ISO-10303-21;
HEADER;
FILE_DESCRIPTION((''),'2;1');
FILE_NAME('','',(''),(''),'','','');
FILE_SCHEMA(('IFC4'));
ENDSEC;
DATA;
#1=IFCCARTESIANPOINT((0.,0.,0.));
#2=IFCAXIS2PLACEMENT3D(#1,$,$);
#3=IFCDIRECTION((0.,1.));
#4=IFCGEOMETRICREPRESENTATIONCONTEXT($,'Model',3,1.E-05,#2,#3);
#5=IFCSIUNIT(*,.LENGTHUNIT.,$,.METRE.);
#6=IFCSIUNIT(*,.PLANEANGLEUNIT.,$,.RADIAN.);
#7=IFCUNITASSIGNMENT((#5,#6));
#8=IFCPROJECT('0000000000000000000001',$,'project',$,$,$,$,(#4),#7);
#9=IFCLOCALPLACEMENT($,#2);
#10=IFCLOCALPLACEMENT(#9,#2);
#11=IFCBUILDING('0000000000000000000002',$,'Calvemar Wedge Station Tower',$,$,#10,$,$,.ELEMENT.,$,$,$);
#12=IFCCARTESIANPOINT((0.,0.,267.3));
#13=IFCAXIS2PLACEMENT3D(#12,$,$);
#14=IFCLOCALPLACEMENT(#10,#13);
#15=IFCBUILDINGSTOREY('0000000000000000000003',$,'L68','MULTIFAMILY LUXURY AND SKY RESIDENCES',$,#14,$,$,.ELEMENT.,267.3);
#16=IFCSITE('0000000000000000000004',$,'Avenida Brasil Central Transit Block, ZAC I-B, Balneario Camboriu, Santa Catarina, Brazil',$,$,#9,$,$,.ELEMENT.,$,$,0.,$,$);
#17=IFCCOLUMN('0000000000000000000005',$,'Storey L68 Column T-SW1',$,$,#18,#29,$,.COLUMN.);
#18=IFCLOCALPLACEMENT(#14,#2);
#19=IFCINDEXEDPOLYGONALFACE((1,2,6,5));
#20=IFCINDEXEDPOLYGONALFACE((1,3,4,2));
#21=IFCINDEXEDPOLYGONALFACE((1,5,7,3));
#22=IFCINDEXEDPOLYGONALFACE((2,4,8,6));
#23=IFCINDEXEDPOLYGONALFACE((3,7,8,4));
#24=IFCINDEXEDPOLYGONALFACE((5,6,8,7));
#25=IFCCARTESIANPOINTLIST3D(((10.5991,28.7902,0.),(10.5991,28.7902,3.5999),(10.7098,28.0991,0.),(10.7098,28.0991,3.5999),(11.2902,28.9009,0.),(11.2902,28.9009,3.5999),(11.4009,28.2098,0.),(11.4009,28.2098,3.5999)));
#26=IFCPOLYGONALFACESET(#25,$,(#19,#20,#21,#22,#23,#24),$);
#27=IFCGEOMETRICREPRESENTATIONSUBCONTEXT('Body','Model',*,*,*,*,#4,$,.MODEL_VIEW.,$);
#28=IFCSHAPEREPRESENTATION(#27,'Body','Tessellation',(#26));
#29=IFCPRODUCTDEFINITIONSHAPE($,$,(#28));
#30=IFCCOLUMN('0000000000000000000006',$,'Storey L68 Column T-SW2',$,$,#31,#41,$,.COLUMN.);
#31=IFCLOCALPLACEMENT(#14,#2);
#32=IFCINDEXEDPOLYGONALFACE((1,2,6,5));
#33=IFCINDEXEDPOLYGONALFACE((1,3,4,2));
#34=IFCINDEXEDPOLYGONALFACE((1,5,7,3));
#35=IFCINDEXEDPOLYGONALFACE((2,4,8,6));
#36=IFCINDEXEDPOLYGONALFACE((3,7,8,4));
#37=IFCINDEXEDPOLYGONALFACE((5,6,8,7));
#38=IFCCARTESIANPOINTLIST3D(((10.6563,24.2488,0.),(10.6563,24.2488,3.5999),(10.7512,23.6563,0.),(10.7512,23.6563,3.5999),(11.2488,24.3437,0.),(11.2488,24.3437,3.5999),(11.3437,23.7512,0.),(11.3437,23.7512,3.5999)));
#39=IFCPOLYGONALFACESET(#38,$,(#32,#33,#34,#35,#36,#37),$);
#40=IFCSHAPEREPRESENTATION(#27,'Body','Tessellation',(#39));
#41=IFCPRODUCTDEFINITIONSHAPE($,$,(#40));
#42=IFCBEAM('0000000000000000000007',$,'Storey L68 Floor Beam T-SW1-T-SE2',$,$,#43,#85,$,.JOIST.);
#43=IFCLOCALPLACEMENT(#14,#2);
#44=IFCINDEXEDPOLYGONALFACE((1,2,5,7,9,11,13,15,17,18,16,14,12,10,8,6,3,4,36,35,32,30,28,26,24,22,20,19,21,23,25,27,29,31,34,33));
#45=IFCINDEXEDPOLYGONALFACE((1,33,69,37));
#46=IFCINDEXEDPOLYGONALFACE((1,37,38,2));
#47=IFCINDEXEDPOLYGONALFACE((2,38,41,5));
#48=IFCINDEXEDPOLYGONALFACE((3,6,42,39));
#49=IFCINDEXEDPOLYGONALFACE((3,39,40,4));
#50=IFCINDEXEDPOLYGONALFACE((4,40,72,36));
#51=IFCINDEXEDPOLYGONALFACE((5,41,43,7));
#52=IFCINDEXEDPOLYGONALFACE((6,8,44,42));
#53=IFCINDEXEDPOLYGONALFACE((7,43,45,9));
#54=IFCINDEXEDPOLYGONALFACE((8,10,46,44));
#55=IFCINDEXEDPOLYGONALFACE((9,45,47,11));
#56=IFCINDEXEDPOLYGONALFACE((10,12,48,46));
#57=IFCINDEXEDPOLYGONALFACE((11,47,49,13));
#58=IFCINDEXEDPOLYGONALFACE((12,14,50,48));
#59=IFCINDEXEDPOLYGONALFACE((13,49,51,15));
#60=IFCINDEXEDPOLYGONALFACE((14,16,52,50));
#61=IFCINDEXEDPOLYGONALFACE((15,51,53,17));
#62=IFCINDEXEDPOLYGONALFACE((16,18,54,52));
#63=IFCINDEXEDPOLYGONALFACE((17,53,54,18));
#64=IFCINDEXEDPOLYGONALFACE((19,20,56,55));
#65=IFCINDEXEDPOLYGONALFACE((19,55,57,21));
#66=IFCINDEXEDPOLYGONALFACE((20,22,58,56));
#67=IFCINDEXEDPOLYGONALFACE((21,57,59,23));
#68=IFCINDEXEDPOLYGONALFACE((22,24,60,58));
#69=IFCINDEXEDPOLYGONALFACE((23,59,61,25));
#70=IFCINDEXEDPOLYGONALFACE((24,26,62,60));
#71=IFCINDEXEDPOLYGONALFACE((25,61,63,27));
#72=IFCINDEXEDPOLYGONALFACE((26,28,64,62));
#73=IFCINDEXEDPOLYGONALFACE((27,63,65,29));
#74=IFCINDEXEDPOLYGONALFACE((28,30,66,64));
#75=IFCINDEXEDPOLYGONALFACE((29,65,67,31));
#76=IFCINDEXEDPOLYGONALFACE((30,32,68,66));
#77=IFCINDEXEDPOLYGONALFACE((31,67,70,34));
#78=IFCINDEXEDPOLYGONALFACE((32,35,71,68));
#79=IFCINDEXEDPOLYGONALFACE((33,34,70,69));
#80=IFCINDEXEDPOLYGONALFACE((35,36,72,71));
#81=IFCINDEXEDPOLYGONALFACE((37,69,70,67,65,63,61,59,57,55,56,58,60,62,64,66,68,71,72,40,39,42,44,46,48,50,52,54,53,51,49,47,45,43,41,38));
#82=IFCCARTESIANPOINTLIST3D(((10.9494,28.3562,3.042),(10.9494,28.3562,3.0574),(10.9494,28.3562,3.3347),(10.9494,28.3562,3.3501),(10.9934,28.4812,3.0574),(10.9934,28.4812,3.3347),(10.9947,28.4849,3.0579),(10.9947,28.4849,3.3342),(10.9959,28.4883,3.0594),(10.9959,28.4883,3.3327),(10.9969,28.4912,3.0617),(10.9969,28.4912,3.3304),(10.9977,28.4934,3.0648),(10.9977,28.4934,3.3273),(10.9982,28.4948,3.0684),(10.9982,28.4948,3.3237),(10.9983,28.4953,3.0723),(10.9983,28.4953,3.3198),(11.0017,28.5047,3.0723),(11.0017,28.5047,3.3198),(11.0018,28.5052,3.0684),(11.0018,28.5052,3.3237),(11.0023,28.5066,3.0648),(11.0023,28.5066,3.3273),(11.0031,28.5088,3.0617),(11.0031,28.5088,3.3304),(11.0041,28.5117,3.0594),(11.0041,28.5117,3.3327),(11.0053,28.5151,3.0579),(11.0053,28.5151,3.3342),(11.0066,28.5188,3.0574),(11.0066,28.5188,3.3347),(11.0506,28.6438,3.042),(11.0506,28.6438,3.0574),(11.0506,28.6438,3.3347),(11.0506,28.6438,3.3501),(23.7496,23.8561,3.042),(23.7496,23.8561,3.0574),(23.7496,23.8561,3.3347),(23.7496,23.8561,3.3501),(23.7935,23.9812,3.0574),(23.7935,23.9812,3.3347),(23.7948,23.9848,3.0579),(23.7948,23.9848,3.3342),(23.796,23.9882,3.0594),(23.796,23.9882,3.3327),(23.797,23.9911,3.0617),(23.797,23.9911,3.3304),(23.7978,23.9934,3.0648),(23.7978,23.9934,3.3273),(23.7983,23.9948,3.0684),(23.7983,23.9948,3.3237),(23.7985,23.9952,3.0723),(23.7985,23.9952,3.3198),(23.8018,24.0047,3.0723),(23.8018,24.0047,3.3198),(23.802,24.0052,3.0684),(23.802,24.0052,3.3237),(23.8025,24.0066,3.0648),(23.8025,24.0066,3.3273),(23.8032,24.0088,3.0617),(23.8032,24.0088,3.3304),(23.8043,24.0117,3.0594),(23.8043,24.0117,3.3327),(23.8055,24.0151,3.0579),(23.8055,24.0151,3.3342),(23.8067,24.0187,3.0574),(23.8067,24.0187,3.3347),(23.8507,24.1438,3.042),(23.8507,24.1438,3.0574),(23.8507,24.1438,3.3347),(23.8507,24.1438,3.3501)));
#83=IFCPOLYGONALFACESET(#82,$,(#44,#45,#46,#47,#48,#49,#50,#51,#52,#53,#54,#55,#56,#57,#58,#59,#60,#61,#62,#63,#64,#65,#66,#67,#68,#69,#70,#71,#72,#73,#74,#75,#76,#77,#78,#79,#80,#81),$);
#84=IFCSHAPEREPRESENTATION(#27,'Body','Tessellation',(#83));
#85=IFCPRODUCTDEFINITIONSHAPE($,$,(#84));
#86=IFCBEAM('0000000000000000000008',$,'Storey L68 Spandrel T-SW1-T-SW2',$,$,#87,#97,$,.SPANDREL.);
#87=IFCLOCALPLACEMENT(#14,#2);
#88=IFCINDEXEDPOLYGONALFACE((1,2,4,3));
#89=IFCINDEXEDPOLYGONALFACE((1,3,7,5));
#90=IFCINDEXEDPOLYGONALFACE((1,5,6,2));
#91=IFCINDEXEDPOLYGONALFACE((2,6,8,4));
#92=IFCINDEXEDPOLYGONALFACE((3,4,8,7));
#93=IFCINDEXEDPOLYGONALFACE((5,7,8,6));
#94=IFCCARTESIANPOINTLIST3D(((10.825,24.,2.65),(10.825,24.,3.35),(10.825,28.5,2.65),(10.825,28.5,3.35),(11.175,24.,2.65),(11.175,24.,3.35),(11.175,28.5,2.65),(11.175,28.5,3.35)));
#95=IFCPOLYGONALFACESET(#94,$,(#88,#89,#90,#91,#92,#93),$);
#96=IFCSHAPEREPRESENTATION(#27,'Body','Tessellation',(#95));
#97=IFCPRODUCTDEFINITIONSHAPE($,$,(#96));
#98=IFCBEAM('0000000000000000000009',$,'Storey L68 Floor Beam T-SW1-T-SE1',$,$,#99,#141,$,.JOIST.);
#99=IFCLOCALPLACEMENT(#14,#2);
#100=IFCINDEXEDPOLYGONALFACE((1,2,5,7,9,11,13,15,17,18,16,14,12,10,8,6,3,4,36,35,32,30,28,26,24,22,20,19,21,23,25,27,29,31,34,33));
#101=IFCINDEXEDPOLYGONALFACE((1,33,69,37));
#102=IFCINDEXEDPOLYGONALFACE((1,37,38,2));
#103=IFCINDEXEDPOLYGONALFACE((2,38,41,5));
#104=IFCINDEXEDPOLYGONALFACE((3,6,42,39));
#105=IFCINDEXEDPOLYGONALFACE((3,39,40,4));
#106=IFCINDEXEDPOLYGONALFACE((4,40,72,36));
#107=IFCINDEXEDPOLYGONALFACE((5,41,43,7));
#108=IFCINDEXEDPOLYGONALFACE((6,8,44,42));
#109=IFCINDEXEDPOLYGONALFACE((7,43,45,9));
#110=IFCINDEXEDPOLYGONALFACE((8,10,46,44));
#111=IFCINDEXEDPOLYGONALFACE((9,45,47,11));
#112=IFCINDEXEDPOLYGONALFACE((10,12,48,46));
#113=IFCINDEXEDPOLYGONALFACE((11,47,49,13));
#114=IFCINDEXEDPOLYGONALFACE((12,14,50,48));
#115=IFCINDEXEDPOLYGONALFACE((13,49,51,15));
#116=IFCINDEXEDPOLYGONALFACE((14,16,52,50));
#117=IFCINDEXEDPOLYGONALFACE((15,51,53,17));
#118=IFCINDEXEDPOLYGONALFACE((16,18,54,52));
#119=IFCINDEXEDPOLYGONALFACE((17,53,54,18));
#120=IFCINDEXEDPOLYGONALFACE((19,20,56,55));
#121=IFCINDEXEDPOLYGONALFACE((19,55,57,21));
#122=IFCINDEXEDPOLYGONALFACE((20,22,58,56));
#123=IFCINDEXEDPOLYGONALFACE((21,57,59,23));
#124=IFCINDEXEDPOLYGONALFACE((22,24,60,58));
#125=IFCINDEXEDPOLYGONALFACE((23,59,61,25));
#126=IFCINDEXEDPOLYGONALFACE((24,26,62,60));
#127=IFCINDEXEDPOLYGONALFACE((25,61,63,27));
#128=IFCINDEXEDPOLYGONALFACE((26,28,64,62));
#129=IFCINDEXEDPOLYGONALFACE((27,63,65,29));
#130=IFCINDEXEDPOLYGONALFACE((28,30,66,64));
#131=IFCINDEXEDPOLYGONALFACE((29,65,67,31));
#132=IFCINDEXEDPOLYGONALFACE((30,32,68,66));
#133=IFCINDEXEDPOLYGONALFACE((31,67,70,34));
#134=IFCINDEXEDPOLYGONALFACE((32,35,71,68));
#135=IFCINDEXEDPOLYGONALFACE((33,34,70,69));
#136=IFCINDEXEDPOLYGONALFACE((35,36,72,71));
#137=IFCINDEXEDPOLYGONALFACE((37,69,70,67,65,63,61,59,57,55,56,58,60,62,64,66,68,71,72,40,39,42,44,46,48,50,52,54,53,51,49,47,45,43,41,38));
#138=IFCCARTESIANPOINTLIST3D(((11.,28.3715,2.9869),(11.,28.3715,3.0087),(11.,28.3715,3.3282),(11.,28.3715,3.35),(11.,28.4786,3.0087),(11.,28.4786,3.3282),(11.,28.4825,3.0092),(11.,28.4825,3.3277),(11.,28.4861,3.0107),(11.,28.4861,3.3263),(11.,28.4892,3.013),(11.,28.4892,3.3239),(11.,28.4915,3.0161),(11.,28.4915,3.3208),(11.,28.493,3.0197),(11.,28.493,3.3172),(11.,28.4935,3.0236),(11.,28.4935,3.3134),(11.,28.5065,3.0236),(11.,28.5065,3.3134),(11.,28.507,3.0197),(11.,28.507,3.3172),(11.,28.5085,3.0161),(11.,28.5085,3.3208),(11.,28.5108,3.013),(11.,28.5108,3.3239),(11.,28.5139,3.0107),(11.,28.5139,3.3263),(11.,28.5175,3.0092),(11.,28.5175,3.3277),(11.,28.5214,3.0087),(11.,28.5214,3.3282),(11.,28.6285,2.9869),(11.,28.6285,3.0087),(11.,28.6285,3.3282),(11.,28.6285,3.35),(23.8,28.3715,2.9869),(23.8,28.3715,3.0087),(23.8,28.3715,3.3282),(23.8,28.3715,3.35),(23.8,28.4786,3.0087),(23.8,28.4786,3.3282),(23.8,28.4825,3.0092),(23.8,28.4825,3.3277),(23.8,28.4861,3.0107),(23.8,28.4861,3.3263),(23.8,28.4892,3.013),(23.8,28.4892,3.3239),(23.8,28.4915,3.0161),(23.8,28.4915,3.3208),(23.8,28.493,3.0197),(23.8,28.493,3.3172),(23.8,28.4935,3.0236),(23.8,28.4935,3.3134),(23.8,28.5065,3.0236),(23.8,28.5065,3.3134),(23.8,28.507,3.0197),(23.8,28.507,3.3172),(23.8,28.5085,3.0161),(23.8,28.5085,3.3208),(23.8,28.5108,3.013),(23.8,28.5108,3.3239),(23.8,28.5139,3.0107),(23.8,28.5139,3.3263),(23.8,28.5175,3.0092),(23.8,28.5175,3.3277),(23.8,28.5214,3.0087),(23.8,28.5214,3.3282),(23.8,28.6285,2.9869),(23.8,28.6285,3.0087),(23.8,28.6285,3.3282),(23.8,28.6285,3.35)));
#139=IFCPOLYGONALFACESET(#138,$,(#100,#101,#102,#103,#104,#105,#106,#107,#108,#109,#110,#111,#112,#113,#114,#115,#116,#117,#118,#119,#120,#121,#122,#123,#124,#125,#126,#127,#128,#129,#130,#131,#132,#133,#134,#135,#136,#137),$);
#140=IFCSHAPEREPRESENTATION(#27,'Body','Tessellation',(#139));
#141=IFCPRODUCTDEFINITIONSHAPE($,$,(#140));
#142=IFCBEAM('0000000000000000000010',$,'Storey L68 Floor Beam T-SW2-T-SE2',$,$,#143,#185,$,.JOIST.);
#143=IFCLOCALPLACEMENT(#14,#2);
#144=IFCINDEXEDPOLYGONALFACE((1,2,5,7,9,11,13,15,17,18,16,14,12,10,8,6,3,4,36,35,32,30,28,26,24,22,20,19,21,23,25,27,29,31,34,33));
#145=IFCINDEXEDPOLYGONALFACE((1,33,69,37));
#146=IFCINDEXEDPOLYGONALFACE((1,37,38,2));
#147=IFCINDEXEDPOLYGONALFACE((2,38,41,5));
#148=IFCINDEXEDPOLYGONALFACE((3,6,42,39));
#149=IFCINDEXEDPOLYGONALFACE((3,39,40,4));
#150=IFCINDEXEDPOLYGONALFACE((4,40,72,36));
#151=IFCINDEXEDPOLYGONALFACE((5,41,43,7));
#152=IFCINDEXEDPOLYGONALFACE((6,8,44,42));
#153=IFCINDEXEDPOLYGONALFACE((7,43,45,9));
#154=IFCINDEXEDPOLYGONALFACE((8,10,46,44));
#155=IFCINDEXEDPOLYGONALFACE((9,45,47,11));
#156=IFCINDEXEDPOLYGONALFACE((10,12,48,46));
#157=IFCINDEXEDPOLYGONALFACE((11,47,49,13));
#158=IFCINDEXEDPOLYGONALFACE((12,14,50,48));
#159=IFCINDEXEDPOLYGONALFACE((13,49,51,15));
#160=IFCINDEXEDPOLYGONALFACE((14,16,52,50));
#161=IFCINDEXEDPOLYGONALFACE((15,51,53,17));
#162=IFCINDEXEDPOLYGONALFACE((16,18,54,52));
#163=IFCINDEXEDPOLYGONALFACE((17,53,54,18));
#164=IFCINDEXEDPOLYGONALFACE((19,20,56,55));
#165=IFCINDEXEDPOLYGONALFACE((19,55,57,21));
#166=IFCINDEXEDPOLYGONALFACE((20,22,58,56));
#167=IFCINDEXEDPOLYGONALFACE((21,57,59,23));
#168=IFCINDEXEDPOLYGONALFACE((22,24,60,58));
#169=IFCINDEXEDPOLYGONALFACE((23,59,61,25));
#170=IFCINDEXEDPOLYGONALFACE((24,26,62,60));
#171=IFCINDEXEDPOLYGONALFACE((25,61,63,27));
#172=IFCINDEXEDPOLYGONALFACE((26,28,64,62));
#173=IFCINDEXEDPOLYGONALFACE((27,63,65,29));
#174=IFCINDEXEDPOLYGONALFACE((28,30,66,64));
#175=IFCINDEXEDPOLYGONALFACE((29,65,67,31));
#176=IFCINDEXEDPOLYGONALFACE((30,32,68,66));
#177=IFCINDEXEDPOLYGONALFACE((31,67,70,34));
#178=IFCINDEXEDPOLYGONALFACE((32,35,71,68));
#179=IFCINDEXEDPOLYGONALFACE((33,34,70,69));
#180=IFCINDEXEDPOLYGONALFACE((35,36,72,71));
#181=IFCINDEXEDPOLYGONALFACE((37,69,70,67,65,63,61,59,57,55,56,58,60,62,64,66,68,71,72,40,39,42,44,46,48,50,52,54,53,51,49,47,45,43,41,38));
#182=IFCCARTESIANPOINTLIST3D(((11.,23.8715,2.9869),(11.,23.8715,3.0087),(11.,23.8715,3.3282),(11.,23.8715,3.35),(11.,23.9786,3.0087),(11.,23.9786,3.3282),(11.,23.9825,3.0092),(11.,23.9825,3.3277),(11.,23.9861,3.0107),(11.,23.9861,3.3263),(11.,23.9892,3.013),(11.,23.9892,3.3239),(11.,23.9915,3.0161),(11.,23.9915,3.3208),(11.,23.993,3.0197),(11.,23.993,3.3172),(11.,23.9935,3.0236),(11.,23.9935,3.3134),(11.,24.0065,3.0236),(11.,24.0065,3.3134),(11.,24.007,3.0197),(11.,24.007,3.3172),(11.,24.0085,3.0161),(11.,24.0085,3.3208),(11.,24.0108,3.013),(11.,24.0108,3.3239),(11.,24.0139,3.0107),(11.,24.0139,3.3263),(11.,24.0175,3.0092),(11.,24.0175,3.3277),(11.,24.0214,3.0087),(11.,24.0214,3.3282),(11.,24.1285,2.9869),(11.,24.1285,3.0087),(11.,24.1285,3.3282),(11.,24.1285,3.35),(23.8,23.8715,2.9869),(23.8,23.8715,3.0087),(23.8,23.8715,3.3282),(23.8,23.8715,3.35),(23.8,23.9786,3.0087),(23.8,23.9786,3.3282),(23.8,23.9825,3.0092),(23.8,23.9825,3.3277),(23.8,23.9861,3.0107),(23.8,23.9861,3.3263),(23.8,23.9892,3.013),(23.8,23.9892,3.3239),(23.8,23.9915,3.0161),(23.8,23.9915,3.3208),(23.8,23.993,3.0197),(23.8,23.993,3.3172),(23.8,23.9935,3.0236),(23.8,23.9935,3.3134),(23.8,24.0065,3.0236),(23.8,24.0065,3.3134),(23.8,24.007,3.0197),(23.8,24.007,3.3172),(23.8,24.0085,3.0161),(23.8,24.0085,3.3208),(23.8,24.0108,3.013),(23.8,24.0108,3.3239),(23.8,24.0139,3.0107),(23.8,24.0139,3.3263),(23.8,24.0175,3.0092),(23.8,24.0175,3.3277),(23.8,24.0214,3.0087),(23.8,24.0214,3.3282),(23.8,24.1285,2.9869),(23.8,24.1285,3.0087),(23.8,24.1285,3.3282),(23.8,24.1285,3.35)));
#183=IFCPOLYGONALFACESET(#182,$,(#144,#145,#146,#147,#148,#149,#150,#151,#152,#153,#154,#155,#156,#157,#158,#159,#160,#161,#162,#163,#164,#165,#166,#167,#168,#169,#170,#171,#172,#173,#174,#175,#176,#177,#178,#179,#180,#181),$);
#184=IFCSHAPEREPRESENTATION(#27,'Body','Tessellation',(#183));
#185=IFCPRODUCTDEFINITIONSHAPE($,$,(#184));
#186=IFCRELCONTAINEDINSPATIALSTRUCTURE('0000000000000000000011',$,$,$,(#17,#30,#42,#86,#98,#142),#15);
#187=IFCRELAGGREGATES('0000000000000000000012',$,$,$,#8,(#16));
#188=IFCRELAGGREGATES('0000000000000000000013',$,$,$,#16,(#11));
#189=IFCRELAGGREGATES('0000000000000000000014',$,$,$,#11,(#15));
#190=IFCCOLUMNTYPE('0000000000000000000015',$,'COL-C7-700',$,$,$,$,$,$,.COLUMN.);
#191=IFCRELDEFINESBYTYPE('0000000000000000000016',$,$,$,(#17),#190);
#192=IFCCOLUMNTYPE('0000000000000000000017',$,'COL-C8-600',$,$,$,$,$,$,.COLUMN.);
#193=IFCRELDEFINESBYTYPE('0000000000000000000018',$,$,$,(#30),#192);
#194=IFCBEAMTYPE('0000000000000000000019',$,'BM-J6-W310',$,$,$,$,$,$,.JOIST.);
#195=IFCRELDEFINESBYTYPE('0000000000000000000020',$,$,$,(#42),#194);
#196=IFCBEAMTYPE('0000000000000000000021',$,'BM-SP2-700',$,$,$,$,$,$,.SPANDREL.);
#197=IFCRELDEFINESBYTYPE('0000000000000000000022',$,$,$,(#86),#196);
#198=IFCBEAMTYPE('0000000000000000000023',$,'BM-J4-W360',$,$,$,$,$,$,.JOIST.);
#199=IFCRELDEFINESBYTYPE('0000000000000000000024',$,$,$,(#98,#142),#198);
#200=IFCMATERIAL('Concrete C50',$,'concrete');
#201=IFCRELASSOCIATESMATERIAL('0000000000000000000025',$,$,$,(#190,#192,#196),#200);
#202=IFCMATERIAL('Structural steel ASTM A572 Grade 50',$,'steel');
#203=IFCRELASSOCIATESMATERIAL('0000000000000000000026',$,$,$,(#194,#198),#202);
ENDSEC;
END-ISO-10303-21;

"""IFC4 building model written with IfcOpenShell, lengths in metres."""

from ifc_helpers import new_model, si_unit, direction, frame, origin, origin_2d, place, context, subcontext, project, spatial, rectangle, i_section, extrude, source, transform, mapped, material, material_profile, profile_set, type_object, element, save


model = new_model("IFC4")

# Units and contexts
model_context = context("Model", 3, precision=1e-05, world=origin(), true_north=direction((0.0, 1.0)))
body_context = subcontext(model_context, "Body", "Model", "MODEL_VIEW")
ifc_project = project(units=[si_unit("LENGTHUNIT", "METRE"), si_unit("PLANEANGLEUNIT", "RADIAN")], contexts=[model_context])

# Site, building, storey
site_placement = place(None, origin())
site = spatial("IfcSite", under=ifc_project, at=site_placement, Name="Avenida Brasil Central Transit Block, ZAC I-B, Balneario Camboriu, Santa Catarina, Brazil", CompositionType="ELEMENT", RefElevation=0.0)
building_placement = place(site_placement, origin())
building = spatial("IfcBuilding", under=site, at=building_placement, Name="Calvemar Wedge Station Tower", CompositionType="ELEMENT")
storey_placement = place(building_placement, frame((0.0, 0.0, 267.3)))
storey = spatial("IfcBuildingStorey", under=building, at=storey_placement, Name="L68", Description="MULTIFAMILY LUXURY AND SKY RESIDENCES", CompositionType="ELEMENT", Elevation=267.3)

# Columns
ifc_material_1 = material(Name="Concrete C50", Category="concrete")
ifc_material_profile_1 = material_profile(ifc_material_1, rectangle(XDim=0.7, YDim=0.7, at=origin_2d()), Name="RC700x700")
ifc_profile_set_1 = profile_set([ifc_material_profile_1], Name="Concrete C50")
column_type_1 = type_object("IfcColumnType", Name="COL-C7-700", PredefinedType="COLUMN", material=ifc_profile_set_1)
shared_shape_1 = source(origin(), body_context, "Body", "SweptSolid", [
    extrude(rectangle(XDim=0.7, YDim=0.7, at=origin_2d()), origin(), (0.0, 0.0, 1.0), 3.5999),
])
column_1_placement = place(storey_placement, frame((11.0, 28.5, 0.0), z_axis=(0.0, 0.0, 1.0), x_axis=(0.158158, -0.987414, 0.0)))
element("IfcColumn", 1, at=column_1_placement, inside=storey, type_object=column_type_1, Name="Storey L68 Column T-SW1", PredefinedType="COLUMN", context=body_context, shape_type="MappedRepresentation", body=[
    mapped(shared_shape_1, transform((0.0, 0.0, 0.0), scale=1.0)),
])
ifc_material_profile_2 = material_profile(ifc_material_1, rectangle(XDim=0.6001, YDim=0.6001, at=origin_2d()), Name="RC600x600")
ifc_profile_set_2 = profile_set([ifc_material_profile_2], Name="Concrete C50")
column_type_2 = type_object("IfcColumnType", Name="COL-C8-600", PredefinedType="COLUMN", material=ifc_profile_set_2)
shared_shape_2 = source(origin(), body_context, "Body", "SweptSolid", [
    extrude(rectangle(XDim=0.6001, YDim=0.6001, at=origin_2d()), origin(), (0.0, 0.0, 1.0), 3.5999),
])
column_2_placement = place(storey_placement, frame((11.0, 24.0, 0.0), z_axis=(0.0, 0.0, 1.0), x_axis=(0.158158, -0.987414, 0.0)))
element("IfcColumn", 2, at=column_2_placement, inside=storey, type_object=column_type_2, Name="Storey L68 Column T-SW2", PredefinedType="COLUMN", context=body_context, shape_type="MappedRepresentation", body=[
    mapped(shared_shape_2, transform((0.0, 0.0, 0.0), scale=1.0)),
])

# Beams
ifc_material_2 = material(Name="Structural steel ASTM A572 Grade 50", Category="steel")
ifc_material_profile_3 = material_profile(ifc_material_2, i_section(OverallWidth=0.3049, OverallDepth=0.3081, WebThickness=0.01, FlangeThickness=0.0154, FilletRadius=0.0149, at=origin_2d()), Name="W310x97")
ifc_profile_set_3 = profile_set([ifc_material_profile_3], Name="Structural steel ASTM A572 Grade 50")
beam_type_1 = type_object("IfcBeamType", Name="BM-J6-W310", PredefinedType="JOIST", material=ifc_profile_set_3)
shared_shape_3 = source(origin(), body_context, "Body", "SweptSolid", [
    extrude(i_section(OverallWidth=0.3049, OverallDepth=0.3081, WebThickness=0.01, FlangeThickness=0.0154, FilletRadius=0.0149, at=origin_2d()), origin(), (0.0, 0.0, 1.0), 13.5681),
])
beam_1_placement = place(storey_placement, frame((11.0, 28.5, 3.196), z_axis=(0.943398, -0.331662, 0.0), x_axis=(0.331662, 0.943398, 0.0)))
element("IfcBeam", 3, at=beam_1_placement, inside=storey, type_object=beam_type_1, Name="Storey L68 Floor Beam T-SW1-T-SE2", PredefinedType="JOIST", context=body_context, shape_type="MappedRepresentation", body=[
    mapped(shared_shape_3, transform((0.0, 0.0, 0.0), scale=1.0)),
])
ifc_material_profile_4 = material_profile(ifc_material_1, rectangle(XDim=0.3501, YDim=0.7, at=origin_2d()), Name="RC350x700")
ifc_profile_set_4 = profile_set([ifc_material_profile_4], Name="Concrete C50")
beam_type_2 = type_object("IfcBeamType", Name="BM-SP2-700", PredefinedType="SPANDREL", material=ifc_profile_set_4)
shared_shape_4 = source(origin(), body_context, "Body", "SweptSolid", [
    extrude(rectangle(XDim=0.3501, YDim=0.7, at=origin_2d()), origin(), (0.0, 0.0, 1.0), 4.5),
])
beam_2_placement = place(storey_placement, frame((11.0, 28.5, 3.0), z_axis=(0.0, -1.0, 0.0), x_axis=(1.0, 0.0, 0.0)))
element("IfcBeam", 4, at=beam_2_placement, inside=storey, type_object=beam_type_2, Name="Storey L68 Spandrel T-SW1-T-SW2", PredefinedType="SPANDREL", context=body_context, shape_type="MappedRepresentation", body=[
    mapped(shared_shape_4, transform((0.0, 0.0, 0.0), scale=1.0)),
])
ifc_material_profile_5 = material_profile(ifc_material_2, i_section(OverallWidth=0.2571, OverallDepth=0.363, WebThickness=0.0129, FlangeThickness=0.0217, FilletRadius=0.0149, at=origin_2d()), Name="W360x122")
ifc_profile_set_5 = profile_set([ifc_material_profile_5], Name="Structural steel ASTM A572 Grade 50")
beam_type_3 = type_object("IfcBeamType", Name="BM-J4-W360", PredefinedType="JOIST", material=ifc_profile_set_5)
shared_shape_5 = source(origin(), body_context, "Body", "SweptSolid", [
    extrude(i_section(OverallWidth=0.2571, OverallDepth=0.363, WebThickness=0.0129, FlangeThickness=0.0217, FilletRadius=0.0149, at=origin_2d()), origin(), (0.0, 0.0, 1.0), 12.8),
])
for number, where, z_axis, x_axis, name in (
    (5, (11.0, 28.5, 3.1685), (1.0, 0.0, 0.0), (0.0, 1.0, 0.0), "Storey L68 Floor Beam T-SW1-T-SE1"),
    (6, (11.0, 24.0, 3.1685), (1.0, 0.0, 0.0), (0.0, 1.0, 0.0), "Storey L68 Floor Beam T-SW2-T-SE2"),
):
    element("IfcBeam", number, at=place(storey_placement, frame(where, z_axis=z_axis, x_axis=x_axis)), inside=storey, type_object=beam_type_3, Name=name, PredefinedType="JOIST", context=body_context, shape_type="MappedRepresentation", body=[
        mapped(shared_shape_5, transform((0.0, 0.0, 0.0), scale=1.0)),
    ])

save(model, "model.ifc")
